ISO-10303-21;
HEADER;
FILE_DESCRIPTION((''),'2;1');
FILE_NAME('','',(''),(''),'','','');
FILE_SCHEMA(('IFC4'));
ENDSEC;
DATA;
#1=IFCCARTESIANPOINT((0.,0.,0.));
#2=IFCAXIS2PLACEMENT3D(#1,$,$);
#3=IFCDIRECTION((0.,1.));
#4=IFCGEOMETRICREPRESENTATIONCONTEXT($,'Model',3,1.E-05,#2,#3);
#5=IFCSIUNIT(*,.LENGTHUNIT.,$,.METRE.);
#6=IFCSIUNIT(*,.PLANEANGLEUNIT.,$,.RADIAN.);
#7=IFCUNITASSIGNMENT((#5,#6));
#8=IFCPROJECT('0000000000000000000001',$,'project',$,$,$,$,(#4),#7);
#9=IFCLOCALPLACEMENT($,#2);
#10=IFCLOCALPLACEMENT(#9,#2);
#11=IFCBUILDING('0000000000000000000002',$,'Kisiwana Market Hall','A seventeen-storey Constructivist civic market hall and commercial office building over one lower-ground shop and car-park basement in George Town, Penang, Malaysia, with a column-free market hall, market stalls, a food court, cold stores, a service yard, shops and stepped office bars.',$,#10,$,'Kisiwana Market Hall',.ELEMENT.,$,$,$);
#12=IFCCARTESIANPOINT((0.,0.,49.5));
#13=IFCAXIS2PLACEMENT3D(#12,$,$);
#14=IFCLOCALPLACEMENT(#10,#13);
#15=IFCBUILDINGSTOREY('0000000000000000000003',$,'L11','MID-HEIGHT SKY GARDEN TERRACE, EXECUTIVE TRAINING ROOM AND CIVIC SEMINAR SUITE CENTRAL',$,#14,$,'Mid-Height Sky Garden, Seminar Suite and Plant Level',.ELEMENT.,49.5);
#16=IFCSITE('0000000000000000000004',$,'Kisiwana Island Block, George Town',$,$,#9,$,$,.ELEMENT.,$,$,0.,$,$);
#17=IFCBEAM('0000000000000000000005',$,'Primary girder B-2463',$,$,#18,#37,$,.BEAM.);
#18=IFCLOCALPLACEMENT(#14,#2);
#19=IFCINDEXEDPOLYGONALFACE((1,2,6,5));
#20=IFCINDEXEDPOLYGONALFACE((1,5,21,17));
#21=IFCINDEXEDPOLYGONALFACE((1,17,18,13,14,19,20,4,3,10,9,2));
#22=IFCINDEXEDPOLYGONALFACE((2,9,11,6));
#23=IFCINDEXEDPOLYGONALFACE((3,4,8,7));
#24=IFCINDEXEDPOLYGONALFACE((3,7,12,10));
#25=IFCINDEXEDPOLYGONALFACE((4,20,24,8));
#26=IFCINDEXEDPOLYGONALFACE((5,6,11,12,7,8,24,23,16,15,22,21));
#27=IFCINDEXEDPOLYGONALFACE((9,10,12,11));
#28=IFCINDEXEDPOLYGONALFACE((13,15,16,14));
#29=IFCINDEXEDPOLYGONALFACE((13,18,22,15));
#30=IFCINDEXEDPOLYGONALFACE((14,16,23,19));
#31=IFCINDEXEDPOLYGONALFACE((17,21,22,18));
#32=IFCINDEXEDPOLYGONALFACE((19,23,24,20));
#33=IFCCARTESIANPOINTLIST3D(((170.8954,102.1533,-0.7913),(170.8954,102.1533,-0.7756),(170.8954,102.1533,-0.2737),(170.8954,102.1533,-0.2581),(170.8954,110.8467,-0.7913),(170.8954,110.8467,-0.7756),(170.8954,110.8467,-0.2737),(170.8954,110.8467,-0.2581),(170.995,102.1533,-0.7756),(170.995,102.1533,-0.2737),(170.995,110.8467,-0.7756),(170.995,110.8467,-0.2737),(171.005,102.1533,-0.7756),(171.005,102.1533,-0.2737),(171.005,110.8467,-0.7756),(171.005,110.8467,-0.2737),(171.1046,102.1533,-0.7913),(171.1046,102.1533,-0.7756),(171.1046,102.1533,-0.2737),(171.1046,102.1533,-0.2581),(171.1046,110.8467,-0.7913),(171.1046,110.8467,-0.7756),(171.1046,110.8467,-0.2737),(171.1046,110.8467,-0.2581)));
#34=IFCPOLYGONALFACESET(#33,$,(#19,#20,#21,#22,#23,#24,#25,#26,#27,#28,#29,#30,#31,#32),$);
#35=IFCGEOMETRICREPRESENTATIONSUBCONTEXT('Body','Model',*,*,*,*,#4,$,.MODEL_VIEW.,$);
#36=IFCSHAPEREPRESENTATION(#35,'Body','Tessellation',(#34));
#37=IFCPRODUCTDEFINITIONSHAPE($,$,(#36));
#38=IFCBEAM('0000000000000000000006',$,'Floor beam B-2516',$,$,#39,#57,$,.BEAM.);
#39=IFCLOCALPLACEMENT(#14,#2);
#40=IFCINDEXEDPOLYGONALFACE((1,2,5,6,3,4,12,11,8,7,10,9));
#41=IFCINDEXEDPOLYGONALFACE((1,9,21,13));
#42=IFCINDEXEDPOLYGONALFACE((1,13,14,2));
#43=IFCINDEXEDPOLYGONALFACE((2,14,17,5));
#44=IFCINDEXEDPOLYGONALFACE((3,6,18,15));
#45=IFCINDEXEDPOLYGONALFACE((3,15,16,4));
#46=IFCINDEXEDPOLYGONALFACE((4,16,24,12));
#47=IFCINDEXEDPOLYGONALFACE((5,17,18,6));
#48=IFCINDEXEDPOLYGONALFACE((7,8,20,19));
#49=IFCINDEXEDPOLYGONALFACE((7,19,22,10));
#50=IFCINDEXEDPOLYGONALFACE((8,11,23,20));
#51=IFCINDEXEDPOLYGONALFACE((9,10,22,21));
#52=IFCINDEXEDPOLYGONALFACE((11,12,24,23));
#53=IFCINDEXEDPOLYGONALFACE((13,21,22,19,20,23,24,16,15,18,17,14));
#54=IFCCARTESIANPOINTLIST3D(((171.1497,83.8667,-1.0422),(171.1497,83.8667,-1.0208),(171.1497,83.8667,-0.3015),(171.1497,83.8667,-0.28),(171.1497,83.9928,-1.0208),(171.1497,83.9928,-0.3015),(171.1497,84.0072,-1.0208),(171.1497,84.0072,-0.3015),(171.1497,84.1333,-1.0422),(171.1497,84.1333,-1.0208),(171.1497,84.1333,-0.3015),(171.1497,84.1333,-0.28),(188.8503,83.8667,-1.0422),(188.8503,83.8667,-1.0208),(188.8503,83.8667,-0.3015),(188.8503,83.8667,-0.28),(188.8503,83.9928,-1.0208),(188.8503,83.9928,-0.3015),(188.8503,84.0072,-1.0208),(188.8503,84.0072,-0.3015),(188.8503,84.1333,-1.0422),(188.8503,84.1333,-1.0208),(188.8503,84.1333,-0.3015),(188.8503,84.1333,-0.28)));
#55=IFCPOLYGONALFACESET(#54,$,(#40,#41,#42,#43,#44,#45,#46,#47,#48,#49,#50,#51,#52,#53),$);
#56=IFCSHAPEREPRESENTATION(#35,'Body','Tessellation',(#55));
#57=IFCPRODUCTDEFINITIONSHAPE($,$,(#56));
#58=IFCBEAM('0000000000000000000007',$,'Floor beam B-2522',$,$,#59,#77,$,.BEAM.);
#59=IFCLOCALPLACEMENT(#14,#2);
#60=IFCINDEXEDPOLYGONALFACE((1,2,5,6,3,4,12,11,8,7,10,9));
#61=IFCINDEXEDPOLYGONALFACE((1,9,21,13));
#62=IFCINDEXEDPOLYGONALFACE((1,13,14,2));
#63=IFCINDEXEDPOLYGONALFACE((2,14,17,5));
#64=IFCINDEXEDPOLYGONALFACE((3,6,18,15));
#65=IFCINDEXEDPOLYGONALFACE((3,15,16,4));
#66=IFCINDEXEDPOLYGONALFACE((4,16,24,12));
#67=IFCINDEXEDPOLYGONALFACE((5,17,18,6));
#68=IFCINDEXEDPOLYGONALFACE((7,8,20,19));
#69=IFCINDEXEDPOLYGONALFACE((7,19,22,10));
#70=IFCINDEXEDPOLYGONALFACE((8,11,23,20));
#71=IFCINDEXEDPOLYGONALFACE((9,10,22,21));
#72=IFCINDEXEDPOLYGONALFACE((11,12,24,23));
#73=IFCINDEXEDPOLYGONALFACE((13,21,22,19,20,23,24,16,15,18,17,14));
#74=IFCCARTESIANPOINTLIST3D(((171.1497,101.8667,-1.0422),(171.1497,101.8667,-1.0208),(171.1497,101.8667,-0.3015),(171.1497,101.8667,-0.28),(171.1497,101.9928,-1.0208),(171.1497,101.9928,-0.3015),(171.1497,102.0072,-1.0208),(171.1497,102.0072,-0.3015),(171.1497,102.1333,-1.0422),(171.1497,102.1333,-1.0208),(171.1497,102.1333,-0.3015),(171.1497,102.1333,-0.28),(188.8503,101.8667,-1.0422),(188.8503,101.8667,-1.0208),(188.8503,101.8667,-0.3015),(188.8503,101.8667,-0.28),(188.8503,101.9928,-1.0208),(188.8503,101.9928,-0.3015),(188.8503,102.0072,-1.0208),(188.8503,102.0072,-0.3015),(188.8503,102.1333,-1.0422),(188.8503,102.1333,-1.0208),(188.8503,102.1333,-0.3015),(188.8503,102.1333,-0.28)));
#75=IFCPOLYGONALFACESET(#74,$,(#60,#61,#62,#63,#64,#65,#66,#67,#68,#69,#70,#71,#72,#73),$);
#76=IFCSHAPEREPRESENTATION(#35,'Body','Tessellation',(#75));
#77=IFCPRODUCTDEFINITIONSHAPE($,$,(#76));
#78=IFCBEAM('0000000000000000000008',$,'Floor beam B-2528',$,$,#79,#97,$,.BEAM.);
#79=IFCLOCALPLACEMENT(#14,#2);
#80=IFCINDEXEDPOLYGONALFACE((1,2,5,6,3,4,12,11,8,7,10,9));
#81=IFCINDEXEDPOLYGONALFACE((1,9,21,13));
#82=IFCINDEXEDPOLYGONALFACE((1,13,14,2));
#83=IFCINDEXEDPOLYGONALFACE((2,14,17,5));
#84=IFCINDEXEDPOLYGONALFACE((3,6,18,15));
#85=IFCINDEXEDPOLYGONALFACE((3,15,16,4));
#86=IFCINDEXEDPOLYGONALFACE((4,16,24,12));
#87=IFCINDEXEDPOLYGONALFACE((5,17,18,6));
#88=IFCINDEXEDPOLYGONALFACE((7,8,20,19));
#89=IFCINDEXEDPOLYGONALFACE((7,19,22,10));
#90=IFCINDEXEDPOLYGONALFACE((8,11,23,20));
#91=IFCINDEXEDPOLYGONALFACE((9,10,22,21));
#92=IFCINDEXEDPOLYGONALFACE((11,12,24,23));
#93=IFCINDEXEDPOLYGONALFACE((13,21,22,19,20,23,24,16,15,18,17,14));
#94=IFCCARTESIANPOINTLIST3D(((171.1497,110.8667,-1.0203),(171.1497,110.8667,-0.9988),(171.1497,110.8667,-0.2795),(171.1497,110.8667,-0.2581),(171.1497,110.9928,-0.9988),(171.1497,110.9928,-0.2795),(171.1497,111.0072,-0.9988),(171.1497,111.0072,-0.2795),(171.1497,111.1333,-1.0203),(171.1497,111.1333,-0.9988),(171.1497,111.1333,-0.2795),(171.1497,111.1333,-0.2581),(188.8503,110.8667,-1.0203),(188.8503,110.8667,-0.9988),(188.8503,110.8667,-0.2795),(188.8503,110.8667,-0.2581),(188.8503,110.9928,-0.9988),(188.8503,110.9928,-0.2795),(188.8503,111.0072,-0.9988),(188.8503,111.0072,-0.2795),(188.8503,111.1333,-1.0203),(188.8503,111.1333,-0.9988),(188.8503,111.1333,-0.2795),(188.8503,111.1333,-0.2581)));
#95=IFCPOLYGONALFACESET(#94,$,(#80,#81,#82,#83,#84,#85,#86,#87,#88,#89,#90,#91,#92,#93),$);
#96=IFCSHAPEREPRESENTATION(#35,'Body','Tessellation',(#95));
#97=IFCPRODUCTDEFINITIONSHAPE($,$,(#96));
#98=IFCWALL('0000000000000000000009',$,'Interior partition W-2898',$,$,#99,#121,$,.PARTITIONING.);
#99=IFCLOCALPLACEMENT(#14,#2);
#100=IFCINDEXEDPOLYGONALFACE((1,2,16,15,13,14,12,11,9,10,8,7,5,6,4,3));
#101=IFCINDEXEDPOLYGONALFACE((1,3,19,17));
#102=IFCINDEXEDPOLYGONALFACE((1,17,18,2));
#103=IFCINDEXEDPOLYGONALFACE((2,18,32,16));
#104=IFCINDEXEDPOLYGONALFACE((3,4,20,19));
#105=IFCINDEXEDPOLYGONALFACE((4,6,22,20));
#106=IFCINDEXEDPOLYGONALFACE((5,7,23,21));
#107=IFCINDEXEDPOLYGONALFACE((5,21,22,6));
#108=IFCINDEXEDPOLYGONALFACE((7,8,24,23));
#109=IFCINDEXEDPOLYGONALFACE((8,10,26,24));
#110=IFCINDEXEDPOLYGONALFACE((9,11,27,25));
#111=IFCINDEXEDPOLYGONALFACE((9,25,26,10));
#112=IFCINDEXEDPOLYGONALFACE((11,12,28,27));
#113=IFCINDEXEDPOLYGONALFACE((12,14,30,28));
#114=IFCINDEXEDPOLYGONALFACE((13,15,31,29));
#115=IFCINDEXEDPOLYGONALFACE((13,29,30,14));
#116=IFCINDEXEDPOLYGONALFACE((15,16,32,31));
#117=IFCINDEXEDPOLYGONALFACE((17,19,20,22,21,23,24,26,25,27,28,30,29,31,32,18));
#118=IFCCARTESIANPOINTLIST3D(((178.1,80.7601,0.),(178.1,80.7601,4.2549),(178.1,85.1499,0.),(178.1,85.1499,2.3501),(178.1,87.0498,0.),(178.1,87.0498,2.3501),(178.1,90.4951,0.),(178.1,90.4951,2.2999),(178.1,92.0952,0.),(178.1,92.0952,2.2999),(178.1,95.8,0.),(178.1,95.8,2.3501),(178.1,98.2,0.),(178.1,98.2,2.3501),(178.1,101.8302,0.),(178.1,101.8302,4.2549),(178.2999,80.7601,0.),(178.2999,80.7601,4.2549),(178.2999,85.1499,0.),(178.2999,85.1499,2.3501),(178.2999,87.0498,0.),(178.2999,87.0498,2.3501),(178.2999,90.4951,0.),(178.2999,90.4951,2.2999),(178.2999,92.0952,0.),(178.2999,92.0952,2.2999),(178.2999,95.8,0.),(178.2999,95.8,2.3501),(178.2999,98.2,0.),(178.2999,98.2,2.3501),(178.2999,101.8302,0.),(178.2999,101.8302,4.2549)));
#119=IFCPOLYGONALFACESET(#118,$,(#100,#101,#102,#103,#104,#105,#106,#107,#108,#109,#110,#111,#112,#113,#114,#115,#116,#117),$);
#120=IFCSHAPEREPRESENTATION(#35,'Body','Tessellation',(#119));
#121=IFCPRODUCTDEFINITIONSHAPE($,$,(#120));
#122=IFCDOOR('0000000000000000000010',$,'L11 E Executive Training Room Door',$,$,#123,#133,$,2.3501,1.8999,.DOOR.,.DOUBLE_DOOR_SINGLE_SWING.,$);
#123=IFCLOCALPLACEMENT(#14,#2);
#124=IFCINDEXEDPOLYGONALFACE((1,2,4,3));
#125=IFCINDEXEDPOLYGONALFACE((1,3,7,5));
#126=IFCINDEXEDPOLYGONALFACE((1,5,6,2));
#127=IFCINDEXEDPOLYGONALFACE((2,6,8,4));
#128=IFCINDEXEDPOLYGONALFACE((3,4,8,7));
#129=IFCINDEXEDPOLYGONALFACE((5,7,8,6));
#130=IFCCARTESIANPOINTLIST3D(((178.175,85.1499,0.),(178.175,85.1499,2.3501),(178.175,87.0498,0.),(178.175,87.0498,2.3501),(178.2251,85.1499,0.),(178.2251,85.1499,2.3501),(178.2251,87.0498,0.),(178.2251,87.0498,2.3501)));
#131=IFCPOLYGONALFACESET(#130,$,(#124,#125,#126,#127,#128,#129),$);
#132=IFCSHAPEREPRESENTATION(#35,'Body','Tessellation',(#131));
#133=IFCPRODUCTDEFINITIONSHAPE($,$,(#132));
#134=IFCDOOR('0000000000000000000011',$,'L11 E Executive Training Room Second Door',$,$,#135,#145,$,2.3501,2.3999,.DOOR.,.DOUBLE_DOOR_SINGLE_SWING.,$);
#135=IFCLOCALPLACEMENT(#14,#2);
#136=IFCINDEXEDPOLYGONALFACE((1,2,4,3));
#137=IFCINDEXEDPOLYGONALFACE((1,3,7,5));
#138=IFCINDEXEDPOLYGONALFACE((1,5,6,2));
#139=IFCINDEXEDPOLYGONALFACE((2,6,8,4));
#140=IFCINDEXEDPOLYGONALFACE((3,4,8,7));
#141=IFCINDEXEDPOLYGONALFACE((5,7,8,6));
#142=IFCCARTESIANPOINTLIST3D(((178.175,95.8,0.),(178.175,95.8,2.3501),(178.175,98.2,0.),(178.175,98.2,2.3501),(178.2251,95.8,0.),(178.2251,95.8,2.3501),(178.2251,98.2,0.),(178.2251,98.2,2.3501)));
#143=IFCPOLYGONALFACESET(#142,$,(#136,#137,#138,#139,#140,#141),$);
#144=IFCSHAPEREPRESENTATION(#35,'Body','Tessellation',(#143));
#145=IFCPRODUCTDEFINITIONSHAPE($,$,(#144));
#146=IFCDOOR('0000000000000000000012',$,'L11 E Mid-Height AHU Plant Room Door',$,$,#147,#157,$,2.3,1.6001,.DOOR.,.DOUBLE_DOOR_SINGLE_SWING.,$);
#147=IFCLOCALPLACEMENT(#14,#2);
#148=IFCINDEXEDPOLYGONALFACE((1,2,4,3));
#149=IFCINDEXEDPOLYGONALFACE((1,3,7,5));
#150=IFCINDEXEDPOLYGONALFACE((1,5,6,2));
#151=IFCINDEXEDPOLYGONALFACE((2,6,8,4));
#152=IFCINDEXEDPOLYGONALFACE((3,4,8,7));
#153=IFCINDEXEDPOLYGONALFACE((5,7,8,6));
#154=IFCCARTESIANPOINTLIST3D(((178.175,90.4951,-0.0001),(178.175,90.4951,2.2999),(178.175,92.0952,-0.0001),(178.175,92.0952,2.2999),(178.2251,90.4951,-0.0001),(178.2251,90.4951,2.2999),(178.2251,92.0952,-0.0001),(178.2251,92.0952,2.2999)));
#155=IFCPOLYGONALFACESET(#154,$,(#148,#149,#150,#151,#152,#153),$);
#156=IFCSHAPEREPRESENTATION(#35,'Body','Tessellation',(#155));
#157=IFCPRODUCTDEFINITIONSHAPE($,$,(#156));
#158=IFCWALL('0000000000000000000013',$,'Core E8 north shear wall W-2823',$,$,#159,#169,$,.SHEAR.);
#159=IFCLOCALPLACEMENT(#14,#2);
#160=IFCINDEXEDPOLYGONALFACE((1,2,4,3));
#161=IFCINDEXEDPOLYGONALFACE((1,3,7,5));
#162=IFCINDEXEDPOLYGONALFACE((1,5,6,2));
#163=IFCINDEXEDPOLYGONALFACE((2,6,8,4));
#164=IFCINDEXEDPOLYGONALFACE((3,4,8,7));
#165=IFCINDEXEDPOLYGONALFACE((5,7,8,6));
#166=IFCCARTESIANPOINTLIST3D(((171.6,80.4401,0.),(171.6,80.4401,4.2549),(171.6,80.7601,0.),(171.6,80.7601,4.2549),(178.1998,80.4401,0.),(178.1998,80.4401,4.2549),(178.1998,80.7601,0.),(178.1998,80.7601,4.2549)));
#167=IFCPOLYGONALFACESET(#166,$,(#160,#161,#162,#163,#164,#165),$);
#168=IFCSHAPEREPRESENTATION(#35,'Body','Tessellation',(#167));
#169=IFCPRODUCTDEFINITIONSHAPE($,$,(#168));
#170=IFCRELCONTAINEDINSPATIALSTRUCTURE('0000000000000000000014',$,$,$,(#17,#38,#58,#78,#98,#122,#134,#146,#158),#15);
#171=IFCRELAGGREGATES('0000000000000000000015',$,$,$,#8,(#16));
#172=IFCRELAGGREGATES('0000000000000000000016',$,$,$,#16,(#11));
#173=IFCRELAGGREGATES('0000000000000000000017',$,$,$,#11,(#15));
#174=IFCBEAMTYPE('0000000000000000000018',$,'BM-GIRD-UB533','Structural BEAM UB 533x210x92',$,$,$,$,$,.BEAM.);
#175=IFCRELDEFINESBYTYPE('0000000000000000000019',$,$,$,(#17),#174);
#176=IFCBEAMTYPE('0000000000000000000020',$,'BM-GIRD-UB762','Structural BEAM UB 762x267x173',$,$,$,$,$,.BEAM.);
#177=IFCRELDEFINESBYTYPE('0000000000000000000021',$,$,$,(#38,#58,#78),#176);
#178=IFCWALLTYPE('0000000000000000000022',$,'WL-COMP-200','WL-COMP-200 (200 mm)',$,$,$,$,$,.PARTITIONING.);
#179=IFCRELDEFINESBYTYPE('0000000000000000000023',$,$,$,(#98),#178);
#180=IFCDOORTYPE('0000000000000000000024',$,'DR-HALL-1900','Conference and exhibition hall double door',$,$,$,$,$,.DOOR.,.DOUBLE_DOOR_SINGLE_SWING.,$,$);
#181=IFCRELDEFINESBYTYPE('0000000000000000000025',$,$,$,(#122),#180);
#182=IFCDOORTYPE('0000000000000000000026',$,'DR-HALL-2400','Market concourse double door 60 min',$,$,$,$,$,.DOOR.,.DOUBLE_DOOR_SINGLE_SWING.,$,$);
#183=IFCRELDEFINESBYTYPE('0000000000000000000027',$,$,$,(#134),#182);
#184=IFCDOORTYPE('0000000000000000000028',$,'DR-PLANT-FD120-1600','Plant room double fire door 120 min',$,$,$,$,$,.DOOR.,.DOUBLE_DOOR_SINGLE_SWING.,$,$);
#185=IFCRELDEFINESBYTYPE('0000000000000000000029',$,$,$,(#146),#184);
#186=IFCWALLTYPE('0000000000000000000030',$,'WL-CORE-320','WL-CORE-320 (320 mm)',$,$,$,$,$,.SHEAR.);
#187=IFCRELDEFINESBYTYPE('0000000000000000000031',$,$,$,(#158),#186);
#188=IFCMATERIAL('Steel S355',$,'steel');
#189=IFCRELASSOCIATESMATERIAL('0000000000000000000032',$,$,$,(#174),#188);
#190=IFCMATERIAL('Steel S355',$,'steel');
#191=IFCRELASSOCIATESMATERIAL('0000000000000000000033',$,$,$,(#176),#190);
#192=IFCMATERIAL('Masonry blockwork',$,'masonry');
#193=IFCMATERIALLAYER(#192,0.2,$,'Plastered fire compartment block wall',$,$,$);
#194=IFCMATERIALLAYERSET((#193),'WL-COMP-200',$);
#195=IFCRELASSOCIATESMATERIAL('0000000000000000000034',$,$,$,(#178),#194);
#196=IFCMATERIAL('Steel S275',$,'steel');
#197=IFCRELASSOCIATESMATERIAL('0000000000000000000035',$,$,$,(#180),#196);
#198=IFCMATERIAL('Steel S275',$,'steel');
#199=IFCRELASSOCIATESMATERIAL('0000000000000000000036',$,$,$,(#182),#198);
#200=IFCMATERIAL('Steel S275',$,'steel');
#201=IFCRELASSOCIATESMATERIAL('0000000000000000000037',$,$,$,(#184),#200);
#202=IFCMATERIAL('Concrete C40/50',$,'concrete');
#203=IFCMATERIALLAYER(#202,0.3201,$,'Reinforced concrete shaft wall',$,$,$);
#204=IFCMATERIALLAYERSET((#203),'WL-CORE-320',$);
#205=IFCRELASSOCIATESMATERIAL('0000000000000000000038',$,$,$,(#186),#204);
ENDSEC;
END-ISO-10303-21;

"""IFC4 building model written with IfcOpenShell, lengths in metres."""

from ifc_helpers import new_model, si_unit, direction, frame, frame_2d, origin, origin_2d, place, context, subcontext, project, spatial, rectangle, i_section, extrude, material, layer, layer_set, material_profile, profile_set, type_object, element, fill, save


model = new_model("IFC4")

# Units and contexts
model_context = context("Model", 3, precision=1e-05, world=origin(), true_north=direction((0.0, 1.0)))
body_context = subcontext(model_context, "Body", "Model", "MODEL_VIEW")
ifc_project = project(units=[si_unit("LENGTHUNIT", "METRE"), si_unit("PLANEANGLEUNIT", "RADIAN")], contexts=[model_context])

# Site, building, storey
site_placement = place(None, origin())
site = spatial("IfcSite", under=ifc_project, at=site_placement, Name="Kisiwana Island Block, George Town", CompositionType="ELEMENT", RefElevation=0.0)
building_placement = place(site_placement, origin())
building = spatial("IfcBuilding", under=site, at=building_placement, Name="Kisiwana Market Hall", Description="A seventeen-storey Constructivist civic market hall and commercial office building over one lower-ground shop and car-park basement in George Town, Penang, Malaysia, with a column-free market hall, market stalls, a food court, cold stores, a service yard, shops and stepped office bars.", LongName="Kisiwana Market Hall", CompositionType="ELEMENT")
storey_placement = place(building_placement, frame((0.0, 0.0, 49.5)))
storey = spatial("IfcBuildingStorey", under=building, at=storey_placement, Name="L11", Description="MID-HEIGHT SKY GARDEN TERRACE, EXECUTIVE TRAINING ROOM AND CIVIC SEMINAR SUITE CENTRAL", LongName="Mid-Height Sky Garden, Seminar Suite and Plant Level", CompositionType="ELEMENT", Elevation=49.5)

# Beams
ifc_material_1 = material(Name="Steel S355", Category="steel")
ifc_material_profile_1 = material_profile(ifc_material_1, i_section(OverallWidth=0.2092, OverallDepth=0.5332, WebThickness=0.01, FlangeThickness=0.0156, at=origin_2d()), Name="UB 533x210x92")
ifc_profile_set_1 = profile_set([ifc_material_profile_1], Name="Steel S355")
beam_type_1 = type_object("IfcBeamType", Name="BM-GIRD-UB533", Description="Structural BEAM UB 533x210x92", PredefinedType="BEAM", material=ifc_profile_set_1)
beam_placement = place(storey_placement, frame((171.0, 102.1533, -0.5247), z_axis=(0.0, 1.0, 0.0), x_axis=(-1.0, 0.0, 0.0)))
element("IfcBeam", 1, at=beam_placement, inside=storey, type_object=beam_type_1, Name="Primary girder B-2463", PredefinedType="BEAM", context=body_context, shape_type="SweptSolid", body=[
    extrude(i_section(OverallWidth=0.2092, OverallDepth=0.5332, WebThickness=0.01, FlangeThickness=0.0156, at=origin_2d()), origin(), (0.0, 0.0, 1.0), 8.6934),
])
ifc_material_2 = material(Name="Steel S355", Category="steel")
ifc_material_profile_2 = material_profile(ifc_material_2, i_section(OverallWidth=0.2666, OverallDepth=0.7622, WebThickness=0.0144, FlangeThickness=0.0215, at=origin_2d()), Name="UB 762x267x173")
ifc_profile_set_2 = profile_set([ifc_material_profile_2], Name="Steel S355")
beam_type_2 = type_object("IfcBeamType", Name="BM-GIRD-UB762", Description="Structural BEAM UB 762x267x173", PredefinedType="BEAM", material=ifc_profile_set_2)
for number, where, z_axis, x_axis, name in (
    (2, (171.1497, 84.0, -0.6611), (1.0, 0.0, 0.0), (0.0, 1.0, 0.0), "Floor beam B-2516"),
    (3, (171.1497, 102.0, -0.6611), (1.0, 0.0, 0.0), (0.0, 1.0, 0.0), "Floor beam B-2522"),
    (4, (171.1497, 111.0, -0.6392), (1.0, 0.0, 0.0), (0.0, 1.0, 0.0), "Floor beam B-2528"),
):
    element("IfcBeam", number, at=place(storey_placement, frame(where, z_axis=z_axis, x_axis=x_axis)), inside=storey, type_object=beam_type_2, Name=name, PredefinedType="BEAM", context=body_context, shape_type="SweptSolid", body=[
        extrude(i_section(OverallWidth=0.2666, OverallDepth=0.7622, WebThickness=0.0144, FlangeThickness=0.0215, at=origin_2d()), origin(), (0.0, 0.0, 1.0), 17.7007),
    ])

# Wall, openings, doors
ifc_material_3 = material(Name="Masonry blockwork", Category="masonry")
ifc_layer_1 = layer(ifc_material_3, 0.2, Name="Plastered fire compartment block wall")
ifc_layer_set_1 = layer_set([ifc_layer_1], Name="WL-COMP-200")
wall_type_1 = type_object("IfcWallType", Name="WL-COMP-200", Description="WL-COMP-200 (200 mm)", PredefinedType="PARTITIONING", material=ifc_layer_set_1)
wall_1_placement = place(storey_placement, frame((178.2, 80.76, 0.0), z_axis=(0.0, 0.0, 1.0), x_axis=(0.0, 1.0, 0.0)))
wall_1 = element("IfcWall", 5, at=wall_1_placement, inside=storey, type_object=wall_type_1, Name="Interior partition W-2898", PredefinedType="PARTITIONING", context=body_context, shape_type="SweptSolid", body=[
    extrude(rectangle(XDim=21.0701, YDim=0.2, at=frame_2d((10.5352, 0.0))), origin(), (0.0, 0.0, 1.0), 4.2549),
])
opening_1_placement = place(wall_1_placement, frame((4.3899, 0.0, 0.0)))
opening_1 = element("IfcOpeningElement", 6, at=opening_1_placement, cuts=wall_1, PredefinedType="OPENING", context=body_context, shape_type="SweptSolid", body=[
    extrude(rectangle(XDim=1.8999, YDim=2.3501, at=frame_2d((0.95, 1.175))), frame((0.0, 0.1118, 0.0), z_axis=(0.0, -1.0, 0.0), x_axis=(1.0, 0.0, 0.0)), (0.0, 0.0, 1.0), 0.2239),
])
opening_2_placement = place(wall_1_placement, frame((15.04, 0.0, 0.0)))
opening_2 = element("IfcOpeningElement", 7, at=opening_2_placement, cuts=wall_1, PredefinedType="OPENING", context=body_context, shape_type="SweptSolid", body=[
    extrude(rectangle(XDim=2.3999, YDim=2.3501, at=frame_2d((1.2, 1.175))), frame((0.0, 0.1118, 0.0), z_axis=(0.0, -1.0, 0.0), x_axis=(1.0, 0.0, 0.0)), (0.0, 0.0, 1.0), 0.2239),
])
opening_3_placement = place(wall_1_placement, frame((9.7351, 0.0, 0.0)))
opening_3 = element("IfcOpeningElement", 8, at=opening_3_placement, cuts=wall_1, PredefinedType="OPENING", context=body_context, shape_type="SweptSolid", body=[
    extrude(rectangle(XDim=1.6001, YDim=2.3, at=frame_2d((0.8, 1.1499))), frame((0.0, 0.1118, 0.0), z_axis=(0.0, -1.0, 0.0), x_axis=(1.0, 0.0, 0.0)), (0.0, 0.0, 1.0), 0.2239),
])
ifc_material_4 = material(Name="Steel S275", Category="steel")
door_type_1 = type_object("IfcDoorType", Name="DR-HALL-1900", Description="Conference and exhibition hall double door", OperationType="DOUBLE_DOOR_SINGLE_SWING", PredefinedType="DOOR", material=ifc_material_4)
door_1_placement = place(opening_1_placement, origin())
door_1 = element("IfcDoor", 9, at=door_1_placement, inside=storey, type_object=door_type_1, Name="L11 E Executive Training Room Door", OperationType="DOUBLE_DOOR_SINGLE_SWING", OverallHeight=2.3501, OverallWidth=1.8999, PredefinedType="DOOR", context=body_context, shape_type="SweptSolid", body=[
    extrude(rectangle(XDim=1.8999, YDim=2.3501, at=frame_2d((0.95, 1.175))), frame((0.0, 0.0249, 0.0), z_axis=(0.0, -1.0, 0.0), x_axis=(1.0, 0.0, 0.0)), (0.0, 0.0, 1.0), 0.05),
])
fill(opening_1, door_1)
ifc_material_5 = material(Name="Steel S275", Category="steel")
door_type_2 = type_object("IfcDoorType", Name="DR-HALL-2400", Description="Market concourse double door 60 min", OperationType="DOUBLE_DOOR_SINGLE_SWING", PredefinedType="DOOR", material=ifc_material_5)
door_2_placement = place(opening_2_placement, origin())
door_2 = element("IfcDoor", 10, at=door_2_placement, inside=storey, type_object=door_type_2, Name="L11 E Executive Training Room Second Door", OperationType="DOUBLE_DOOR_SINGLE_SWING", OverallHeight=2.3501, OverallWidth=2.3999, PredefinedType="DOOR", context=body_context, shape_type="SweptSolid", body=[
    extrude(rectangle(XDim=2.3999, YDim=2.3501, at=frame_2d((1.2, 1.175))), frame((0.0, 0.0249, 0.0), z_axis=(0.0, -1.0, 0.0), x_axis=(1.0, 0.0, 0.0)), (0.0, 0.0, 1.0), 0.05),
])
fill(opening_2, door_2)
ifc_material_6 = material(Name="Steel S275", Category="steel")
door_type_3 = type_object("IfcDoorType", Name="DR-PLANT-FD120-1600", Description="Plant room double fire door 120 min", OperationType="DOUBLE_DOOR_SINGLE_SWING", PredefinedType="DOOR", material=ifc_material_6)
door_3_placement = place(opening_3_placement, origin())
door_3 = element("IfcDoor", 11, at=door_3_placement, inside=storey, type_object=door_type_3, Name="L11 E Mid-Height AHU Plant Room Door", OperationType="DOUBLE_DOOR_SINGLE_SWING", OverallHeight=2.3, OverallWidth=1.6001, PredefinedType="DOOR", context=body_context, shape_type="SweptSolid", body=[
    extrude(rectangle(XDim=1.6001, YDim=2.3, at=frame_2d((0.8, 1.1499))), frame((0.0, 0.0249, 0.0), z_axis=(0.0, -1.0, 0.0), x_axis=(1.0, 0.0, 0.0)), (0.0, 0.0, 1.0), 0.05),
])
fill(opening_3, door_3)

# Wall
ifc_material_7 = material(Name="Concrete C40/50", Category="concrete")
ifc_layer_2 = layer(ifc_material_7, 0.3201, Name="Reinforced concrete shaft wall")
ifc_layer_set_2 = layer_set([ifc_layer_2], Name="WL-CORE-320")
wall_type_2 = type_object("IfcWallType", Name="WL-CORE-320", Description="WL-CORE-320 (320 mm)", PredefinedType="SHEAR", material=ifc_layer_set_2)
wall_2_placement = place(storey_placement, frame((171.6001, 80.6001, 0.0), z_axis=(0.0, 0.0, 1.0), x_axis=(1.0, 0.0, 0.0)))
element("IfcWall", 12, at=wall_2_placement, inside=storey, type_object=wall_type_2, Name="Core E8 north shear wall W-2823", PredefinedType="SHEAR", context=body_context, shape_type="SweptSolid", body=[
    extrude(rectangle(XDim=6.5999, YDim=0.3201, at=frame_2d((3.2998, 0.0))), origin(), (0.0, 0.0, 1.0), 4.2549),
])

save(model, "model.ifc")
